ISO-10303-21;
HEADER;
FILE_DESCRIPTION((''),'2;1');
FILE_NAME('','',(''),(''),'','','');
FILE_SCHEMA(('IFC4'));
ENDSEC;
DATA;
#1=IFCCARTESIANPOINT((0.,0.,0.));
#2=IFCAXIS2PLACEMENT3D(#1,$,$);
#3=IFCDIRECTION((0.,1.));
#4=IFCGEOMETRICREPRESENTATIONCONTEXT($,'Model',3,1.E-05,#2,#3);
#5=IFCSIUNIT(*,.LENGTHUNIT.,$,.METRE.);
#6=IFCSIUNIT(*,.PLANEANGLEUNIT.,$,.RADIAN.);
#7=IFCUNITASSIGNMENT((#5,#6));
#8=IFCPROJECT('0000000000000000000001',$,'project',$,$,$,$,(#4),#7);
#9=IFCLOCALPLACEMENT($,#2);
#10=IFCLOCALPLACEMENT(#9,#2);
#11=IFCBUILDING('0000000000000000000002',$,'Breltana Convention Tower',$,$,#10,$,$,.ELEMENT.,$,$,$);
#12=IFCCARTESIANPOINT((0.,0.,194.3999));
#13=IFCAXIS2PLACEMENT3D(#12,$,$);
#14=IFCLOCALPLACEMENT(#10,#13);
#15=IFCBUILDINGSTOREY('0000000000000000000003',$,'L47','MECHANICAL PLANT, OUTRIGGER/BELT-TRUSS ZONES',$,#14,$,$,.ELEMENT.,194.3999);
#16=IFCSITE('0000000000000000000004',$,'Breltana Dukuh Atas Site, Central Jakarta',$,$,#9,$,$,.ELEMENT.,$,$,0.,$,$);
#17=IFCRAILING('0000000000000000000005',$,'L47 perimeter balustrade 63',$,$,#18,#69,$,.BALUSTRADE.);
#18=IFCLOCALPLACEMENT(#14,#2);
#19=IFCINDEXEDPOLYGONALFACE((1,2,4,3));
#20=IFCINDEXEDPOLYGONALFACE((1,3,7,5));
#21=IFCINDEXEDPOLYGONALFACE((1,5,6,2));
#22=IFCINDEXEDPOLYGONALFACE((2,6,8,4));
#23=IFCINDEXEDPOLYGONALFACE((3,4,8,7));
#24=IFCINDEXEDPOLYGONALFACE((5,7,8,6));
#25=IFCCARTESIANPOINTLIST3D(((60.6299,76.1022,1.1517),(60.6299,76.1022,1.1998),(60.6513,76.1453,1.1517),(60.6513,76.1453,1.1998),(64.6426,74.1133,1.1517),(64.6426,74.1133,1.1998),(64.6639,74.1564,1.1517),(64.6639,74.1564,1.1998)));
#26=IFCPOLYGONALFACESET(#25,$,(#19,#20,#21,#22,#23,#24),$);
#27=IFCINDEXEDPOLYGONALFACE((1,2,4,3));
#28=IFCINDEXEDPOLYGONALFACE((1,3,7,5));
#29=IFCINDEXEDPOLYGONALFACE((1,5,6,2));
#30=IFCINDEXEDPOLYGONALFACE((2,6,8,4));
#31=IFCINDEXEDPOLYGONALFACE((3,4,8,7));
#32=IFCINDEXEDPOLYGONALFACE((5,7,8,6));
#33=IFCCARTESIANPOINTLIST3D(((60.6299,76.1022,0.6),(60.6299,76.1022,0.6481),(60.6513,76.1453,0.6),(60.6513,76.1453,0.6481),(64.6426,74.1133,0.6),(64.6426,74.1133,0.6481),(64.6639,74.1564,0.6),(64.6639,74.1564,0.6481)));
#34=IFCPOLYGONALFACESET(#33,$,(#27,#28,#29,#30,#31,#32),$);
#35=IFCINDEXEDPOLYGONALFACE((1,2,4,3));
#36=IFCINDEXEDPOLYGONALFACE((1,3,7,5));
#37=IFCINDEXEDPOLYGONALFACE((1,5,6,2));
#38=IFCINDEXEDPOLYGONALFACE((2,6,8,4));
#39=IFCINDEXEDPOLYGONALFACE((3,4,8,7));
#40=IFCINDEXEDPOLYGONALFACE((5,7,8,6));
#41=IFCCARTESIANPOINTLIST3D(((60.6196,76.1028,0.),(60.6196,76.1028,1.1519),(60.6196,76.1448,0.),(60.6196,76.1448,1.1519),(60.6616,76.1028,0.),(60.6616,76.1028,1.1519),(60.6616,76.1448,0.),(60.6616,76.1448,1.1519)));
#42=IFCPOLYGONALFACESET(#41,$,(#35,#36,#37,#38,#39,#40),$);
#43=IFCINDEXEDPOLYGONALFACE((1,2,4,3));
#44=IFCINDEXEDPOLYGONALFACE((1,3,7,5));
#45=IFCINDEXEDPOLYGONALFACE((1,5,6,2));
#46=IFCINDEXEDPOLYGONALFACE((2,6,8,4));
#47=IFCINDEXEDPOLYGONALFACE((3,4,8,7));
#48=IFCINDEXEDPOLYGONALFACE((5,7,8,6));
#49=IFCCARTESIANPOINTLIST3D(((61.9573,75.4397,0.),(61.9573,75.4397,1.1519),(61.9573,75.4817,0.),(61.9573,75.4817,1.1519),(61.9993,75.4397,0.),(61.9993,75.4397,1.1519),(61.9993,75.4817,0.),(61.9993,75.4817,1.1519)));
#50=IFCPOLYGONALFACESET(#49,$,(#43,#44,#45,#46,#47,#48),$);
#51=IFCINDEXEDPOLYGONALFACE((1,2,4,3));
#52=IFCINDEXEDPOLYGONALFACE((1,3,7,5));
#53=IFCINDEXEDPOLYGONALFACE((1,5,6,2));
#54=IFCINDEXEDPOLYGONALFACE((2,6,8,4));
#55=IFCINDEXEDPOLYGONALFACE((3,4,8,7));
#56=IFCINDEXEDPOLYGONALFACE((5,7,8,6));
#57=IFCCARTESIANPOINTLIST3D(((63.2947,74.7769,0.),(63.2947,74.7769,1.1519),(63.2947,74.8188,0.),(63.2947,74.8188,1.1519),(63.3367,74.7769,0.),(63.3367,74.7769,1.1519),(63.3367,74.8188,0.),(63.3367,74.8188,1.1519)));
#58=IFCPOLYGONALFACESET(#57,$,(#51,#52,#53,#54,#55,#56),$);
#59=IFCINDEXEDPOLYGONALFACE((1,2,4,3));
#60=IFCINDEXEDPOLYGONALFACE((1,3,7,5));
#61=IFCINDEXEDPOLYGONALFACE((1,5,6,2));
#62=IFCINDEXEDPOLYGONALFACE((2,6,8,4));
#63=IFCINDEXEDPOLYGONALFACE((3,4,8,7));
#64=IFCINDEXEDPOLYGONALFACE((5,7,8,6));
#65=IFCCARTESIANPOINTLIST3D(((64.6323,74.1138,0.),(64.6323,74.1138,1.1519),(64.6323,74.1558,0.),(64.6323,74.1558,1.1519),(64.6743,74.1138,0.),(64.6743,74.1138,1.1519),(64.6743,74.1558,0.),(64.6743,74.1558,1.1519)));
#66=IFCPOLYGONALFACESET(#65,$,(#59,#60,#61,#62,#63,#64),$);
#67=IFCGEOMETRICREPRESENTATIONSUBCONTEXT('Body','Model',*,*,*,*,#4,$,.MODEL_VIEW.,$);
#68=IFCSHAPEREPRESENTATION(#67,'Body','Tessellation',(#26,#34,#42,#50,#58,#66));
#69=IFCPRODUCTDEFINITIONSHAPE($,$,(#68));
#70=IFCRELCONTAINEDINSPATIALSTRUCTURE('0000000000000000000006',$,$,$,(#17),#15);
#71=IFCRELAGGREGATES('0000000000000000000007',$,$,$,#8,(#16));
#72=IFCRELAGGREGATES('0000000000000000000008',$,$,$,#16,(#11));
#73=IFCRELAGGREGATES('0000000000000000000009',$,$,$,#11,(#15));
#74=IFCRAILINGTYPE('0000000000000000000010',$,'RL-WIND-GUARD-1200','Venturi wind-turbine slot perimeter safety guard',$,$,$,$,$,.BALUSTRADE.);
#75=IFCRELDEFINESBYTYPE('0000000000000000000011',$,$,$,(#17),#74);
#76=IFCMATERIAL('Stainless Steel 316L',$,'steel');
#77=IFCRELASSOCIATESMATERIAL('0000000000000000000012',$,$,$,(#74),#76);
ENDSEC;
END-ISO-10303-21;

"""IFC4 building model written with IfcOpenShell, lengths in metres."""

from ifc_helpers import new_model, si_unit, direction, frame, origin, origin_2d, place, context, subcontext, project, spatial, rectangle, extrude, material, type_object, element, save


model = new_model("IFC4")

# Units and contexts
model_context = context("Model", 3, precision=1e-05, world=origin(), true_north=direction((0.0, 1.0)))
body_context = subcontext(model_context, "Body", "Model", "MODEL_VIEW")
ifc_project = project(units=[si_unit("LENGTHUNIT", "METRE"), si_unit("PLANEANGLEUNIT", "RADIAN")], contexts=[model_context])

# Site, building, storey
site_placement = place(None, origin())
site = spatial("IfcSite", under=ifc_project, at=site_placement, Name="Breltana Dukuh Atas Site, Central Jakarta", CompositionType="ELEMENT", RefElevation=0.0)
building_placement = place(site_placement, origin())
building = spatial("IfcBuilding", under=site, at=building_placement, Name="Breltana Convention Tower", CompositionType="ELEMENT")
storey_placement = place(building_placement, frame((0.0, 0.0, 194.3999)))
storey = spatial("IfcBuildingStorey", under=building, at=storey_placement, Name="L47", Description="MECHANICAL PLANT, OUTRIGGER/BELT-TRUSS ZONES", CompositionType="ELEMENT", Elevation=194.3999)

# Railing
ifc_material_1 = material(Name="Stainless Steel 316L", Category="steel")
railing_type = type_object("IfcRailingType", Name="RL-WIND-GUARD-1200", Description="Venturi wind-turbine slot perimeter safety guard", PredefinedType="BALUSTRADE", material=ifc_material_1)
railing_placement = place(storey_placement, frame((60.6406, 76.1238, 0.0)))
element("IfcRailing", 1, at=railing_placement, inside=storey, type_object=railing_type, Name="L47 perimeter balustrade 63", PredefinedType="BALUSTRADE", context=body_context, shape_type="SweptSolid", body=[
    extrude(rectangle(XDim=0.0481, YDim=0.0481, at=origin_2d()), frame((0.0, 0.0, 1.1758), z_axis=(0.89597, -0.444115, 0.0), x_axis=(0.444115, 0.89597, 0.0)), (0.0, 0.0, 1.0), 4.4785),
    extrude(rectangle(XDim=0.0481, YDim=0.0481, at=origin_2d()), frame((0.0, 0.0, 0.624), z_axis=(0.89597, -0.444115, 0.0), x_axis=(0.444115, 0.89597, 0.0)), (0.0, 0.0, 1.0), 4.4785),
    extrude(rectangle(XDim=0.042, YDim=0.042, at=origin_2d()), origin(), (0.0, 0.0, 1.0), 1.1519),
    extrude(rectangle(XDim=0.042, YDim=0.042, at=origin_2d()), frame((1.3376, -0.6631, 0.0)), (0.0, 0.0, 1.0), 1.1519),
    extrude(rectangle(XDim=0.042, YDim=0.042, at=origin_2d()), frame((2.675, -1.3259, 0.0)), (0.0, 0.0, 1.0), 1.1519),
    extrude(rectangle(XDim=0.042, YDim=0.042, at=origin_2d()), frame((4.0127, -1.989, 0.0)), (0.0, 0.0, 1.0), 1.1519),
])

save(model, "model.ifc")
